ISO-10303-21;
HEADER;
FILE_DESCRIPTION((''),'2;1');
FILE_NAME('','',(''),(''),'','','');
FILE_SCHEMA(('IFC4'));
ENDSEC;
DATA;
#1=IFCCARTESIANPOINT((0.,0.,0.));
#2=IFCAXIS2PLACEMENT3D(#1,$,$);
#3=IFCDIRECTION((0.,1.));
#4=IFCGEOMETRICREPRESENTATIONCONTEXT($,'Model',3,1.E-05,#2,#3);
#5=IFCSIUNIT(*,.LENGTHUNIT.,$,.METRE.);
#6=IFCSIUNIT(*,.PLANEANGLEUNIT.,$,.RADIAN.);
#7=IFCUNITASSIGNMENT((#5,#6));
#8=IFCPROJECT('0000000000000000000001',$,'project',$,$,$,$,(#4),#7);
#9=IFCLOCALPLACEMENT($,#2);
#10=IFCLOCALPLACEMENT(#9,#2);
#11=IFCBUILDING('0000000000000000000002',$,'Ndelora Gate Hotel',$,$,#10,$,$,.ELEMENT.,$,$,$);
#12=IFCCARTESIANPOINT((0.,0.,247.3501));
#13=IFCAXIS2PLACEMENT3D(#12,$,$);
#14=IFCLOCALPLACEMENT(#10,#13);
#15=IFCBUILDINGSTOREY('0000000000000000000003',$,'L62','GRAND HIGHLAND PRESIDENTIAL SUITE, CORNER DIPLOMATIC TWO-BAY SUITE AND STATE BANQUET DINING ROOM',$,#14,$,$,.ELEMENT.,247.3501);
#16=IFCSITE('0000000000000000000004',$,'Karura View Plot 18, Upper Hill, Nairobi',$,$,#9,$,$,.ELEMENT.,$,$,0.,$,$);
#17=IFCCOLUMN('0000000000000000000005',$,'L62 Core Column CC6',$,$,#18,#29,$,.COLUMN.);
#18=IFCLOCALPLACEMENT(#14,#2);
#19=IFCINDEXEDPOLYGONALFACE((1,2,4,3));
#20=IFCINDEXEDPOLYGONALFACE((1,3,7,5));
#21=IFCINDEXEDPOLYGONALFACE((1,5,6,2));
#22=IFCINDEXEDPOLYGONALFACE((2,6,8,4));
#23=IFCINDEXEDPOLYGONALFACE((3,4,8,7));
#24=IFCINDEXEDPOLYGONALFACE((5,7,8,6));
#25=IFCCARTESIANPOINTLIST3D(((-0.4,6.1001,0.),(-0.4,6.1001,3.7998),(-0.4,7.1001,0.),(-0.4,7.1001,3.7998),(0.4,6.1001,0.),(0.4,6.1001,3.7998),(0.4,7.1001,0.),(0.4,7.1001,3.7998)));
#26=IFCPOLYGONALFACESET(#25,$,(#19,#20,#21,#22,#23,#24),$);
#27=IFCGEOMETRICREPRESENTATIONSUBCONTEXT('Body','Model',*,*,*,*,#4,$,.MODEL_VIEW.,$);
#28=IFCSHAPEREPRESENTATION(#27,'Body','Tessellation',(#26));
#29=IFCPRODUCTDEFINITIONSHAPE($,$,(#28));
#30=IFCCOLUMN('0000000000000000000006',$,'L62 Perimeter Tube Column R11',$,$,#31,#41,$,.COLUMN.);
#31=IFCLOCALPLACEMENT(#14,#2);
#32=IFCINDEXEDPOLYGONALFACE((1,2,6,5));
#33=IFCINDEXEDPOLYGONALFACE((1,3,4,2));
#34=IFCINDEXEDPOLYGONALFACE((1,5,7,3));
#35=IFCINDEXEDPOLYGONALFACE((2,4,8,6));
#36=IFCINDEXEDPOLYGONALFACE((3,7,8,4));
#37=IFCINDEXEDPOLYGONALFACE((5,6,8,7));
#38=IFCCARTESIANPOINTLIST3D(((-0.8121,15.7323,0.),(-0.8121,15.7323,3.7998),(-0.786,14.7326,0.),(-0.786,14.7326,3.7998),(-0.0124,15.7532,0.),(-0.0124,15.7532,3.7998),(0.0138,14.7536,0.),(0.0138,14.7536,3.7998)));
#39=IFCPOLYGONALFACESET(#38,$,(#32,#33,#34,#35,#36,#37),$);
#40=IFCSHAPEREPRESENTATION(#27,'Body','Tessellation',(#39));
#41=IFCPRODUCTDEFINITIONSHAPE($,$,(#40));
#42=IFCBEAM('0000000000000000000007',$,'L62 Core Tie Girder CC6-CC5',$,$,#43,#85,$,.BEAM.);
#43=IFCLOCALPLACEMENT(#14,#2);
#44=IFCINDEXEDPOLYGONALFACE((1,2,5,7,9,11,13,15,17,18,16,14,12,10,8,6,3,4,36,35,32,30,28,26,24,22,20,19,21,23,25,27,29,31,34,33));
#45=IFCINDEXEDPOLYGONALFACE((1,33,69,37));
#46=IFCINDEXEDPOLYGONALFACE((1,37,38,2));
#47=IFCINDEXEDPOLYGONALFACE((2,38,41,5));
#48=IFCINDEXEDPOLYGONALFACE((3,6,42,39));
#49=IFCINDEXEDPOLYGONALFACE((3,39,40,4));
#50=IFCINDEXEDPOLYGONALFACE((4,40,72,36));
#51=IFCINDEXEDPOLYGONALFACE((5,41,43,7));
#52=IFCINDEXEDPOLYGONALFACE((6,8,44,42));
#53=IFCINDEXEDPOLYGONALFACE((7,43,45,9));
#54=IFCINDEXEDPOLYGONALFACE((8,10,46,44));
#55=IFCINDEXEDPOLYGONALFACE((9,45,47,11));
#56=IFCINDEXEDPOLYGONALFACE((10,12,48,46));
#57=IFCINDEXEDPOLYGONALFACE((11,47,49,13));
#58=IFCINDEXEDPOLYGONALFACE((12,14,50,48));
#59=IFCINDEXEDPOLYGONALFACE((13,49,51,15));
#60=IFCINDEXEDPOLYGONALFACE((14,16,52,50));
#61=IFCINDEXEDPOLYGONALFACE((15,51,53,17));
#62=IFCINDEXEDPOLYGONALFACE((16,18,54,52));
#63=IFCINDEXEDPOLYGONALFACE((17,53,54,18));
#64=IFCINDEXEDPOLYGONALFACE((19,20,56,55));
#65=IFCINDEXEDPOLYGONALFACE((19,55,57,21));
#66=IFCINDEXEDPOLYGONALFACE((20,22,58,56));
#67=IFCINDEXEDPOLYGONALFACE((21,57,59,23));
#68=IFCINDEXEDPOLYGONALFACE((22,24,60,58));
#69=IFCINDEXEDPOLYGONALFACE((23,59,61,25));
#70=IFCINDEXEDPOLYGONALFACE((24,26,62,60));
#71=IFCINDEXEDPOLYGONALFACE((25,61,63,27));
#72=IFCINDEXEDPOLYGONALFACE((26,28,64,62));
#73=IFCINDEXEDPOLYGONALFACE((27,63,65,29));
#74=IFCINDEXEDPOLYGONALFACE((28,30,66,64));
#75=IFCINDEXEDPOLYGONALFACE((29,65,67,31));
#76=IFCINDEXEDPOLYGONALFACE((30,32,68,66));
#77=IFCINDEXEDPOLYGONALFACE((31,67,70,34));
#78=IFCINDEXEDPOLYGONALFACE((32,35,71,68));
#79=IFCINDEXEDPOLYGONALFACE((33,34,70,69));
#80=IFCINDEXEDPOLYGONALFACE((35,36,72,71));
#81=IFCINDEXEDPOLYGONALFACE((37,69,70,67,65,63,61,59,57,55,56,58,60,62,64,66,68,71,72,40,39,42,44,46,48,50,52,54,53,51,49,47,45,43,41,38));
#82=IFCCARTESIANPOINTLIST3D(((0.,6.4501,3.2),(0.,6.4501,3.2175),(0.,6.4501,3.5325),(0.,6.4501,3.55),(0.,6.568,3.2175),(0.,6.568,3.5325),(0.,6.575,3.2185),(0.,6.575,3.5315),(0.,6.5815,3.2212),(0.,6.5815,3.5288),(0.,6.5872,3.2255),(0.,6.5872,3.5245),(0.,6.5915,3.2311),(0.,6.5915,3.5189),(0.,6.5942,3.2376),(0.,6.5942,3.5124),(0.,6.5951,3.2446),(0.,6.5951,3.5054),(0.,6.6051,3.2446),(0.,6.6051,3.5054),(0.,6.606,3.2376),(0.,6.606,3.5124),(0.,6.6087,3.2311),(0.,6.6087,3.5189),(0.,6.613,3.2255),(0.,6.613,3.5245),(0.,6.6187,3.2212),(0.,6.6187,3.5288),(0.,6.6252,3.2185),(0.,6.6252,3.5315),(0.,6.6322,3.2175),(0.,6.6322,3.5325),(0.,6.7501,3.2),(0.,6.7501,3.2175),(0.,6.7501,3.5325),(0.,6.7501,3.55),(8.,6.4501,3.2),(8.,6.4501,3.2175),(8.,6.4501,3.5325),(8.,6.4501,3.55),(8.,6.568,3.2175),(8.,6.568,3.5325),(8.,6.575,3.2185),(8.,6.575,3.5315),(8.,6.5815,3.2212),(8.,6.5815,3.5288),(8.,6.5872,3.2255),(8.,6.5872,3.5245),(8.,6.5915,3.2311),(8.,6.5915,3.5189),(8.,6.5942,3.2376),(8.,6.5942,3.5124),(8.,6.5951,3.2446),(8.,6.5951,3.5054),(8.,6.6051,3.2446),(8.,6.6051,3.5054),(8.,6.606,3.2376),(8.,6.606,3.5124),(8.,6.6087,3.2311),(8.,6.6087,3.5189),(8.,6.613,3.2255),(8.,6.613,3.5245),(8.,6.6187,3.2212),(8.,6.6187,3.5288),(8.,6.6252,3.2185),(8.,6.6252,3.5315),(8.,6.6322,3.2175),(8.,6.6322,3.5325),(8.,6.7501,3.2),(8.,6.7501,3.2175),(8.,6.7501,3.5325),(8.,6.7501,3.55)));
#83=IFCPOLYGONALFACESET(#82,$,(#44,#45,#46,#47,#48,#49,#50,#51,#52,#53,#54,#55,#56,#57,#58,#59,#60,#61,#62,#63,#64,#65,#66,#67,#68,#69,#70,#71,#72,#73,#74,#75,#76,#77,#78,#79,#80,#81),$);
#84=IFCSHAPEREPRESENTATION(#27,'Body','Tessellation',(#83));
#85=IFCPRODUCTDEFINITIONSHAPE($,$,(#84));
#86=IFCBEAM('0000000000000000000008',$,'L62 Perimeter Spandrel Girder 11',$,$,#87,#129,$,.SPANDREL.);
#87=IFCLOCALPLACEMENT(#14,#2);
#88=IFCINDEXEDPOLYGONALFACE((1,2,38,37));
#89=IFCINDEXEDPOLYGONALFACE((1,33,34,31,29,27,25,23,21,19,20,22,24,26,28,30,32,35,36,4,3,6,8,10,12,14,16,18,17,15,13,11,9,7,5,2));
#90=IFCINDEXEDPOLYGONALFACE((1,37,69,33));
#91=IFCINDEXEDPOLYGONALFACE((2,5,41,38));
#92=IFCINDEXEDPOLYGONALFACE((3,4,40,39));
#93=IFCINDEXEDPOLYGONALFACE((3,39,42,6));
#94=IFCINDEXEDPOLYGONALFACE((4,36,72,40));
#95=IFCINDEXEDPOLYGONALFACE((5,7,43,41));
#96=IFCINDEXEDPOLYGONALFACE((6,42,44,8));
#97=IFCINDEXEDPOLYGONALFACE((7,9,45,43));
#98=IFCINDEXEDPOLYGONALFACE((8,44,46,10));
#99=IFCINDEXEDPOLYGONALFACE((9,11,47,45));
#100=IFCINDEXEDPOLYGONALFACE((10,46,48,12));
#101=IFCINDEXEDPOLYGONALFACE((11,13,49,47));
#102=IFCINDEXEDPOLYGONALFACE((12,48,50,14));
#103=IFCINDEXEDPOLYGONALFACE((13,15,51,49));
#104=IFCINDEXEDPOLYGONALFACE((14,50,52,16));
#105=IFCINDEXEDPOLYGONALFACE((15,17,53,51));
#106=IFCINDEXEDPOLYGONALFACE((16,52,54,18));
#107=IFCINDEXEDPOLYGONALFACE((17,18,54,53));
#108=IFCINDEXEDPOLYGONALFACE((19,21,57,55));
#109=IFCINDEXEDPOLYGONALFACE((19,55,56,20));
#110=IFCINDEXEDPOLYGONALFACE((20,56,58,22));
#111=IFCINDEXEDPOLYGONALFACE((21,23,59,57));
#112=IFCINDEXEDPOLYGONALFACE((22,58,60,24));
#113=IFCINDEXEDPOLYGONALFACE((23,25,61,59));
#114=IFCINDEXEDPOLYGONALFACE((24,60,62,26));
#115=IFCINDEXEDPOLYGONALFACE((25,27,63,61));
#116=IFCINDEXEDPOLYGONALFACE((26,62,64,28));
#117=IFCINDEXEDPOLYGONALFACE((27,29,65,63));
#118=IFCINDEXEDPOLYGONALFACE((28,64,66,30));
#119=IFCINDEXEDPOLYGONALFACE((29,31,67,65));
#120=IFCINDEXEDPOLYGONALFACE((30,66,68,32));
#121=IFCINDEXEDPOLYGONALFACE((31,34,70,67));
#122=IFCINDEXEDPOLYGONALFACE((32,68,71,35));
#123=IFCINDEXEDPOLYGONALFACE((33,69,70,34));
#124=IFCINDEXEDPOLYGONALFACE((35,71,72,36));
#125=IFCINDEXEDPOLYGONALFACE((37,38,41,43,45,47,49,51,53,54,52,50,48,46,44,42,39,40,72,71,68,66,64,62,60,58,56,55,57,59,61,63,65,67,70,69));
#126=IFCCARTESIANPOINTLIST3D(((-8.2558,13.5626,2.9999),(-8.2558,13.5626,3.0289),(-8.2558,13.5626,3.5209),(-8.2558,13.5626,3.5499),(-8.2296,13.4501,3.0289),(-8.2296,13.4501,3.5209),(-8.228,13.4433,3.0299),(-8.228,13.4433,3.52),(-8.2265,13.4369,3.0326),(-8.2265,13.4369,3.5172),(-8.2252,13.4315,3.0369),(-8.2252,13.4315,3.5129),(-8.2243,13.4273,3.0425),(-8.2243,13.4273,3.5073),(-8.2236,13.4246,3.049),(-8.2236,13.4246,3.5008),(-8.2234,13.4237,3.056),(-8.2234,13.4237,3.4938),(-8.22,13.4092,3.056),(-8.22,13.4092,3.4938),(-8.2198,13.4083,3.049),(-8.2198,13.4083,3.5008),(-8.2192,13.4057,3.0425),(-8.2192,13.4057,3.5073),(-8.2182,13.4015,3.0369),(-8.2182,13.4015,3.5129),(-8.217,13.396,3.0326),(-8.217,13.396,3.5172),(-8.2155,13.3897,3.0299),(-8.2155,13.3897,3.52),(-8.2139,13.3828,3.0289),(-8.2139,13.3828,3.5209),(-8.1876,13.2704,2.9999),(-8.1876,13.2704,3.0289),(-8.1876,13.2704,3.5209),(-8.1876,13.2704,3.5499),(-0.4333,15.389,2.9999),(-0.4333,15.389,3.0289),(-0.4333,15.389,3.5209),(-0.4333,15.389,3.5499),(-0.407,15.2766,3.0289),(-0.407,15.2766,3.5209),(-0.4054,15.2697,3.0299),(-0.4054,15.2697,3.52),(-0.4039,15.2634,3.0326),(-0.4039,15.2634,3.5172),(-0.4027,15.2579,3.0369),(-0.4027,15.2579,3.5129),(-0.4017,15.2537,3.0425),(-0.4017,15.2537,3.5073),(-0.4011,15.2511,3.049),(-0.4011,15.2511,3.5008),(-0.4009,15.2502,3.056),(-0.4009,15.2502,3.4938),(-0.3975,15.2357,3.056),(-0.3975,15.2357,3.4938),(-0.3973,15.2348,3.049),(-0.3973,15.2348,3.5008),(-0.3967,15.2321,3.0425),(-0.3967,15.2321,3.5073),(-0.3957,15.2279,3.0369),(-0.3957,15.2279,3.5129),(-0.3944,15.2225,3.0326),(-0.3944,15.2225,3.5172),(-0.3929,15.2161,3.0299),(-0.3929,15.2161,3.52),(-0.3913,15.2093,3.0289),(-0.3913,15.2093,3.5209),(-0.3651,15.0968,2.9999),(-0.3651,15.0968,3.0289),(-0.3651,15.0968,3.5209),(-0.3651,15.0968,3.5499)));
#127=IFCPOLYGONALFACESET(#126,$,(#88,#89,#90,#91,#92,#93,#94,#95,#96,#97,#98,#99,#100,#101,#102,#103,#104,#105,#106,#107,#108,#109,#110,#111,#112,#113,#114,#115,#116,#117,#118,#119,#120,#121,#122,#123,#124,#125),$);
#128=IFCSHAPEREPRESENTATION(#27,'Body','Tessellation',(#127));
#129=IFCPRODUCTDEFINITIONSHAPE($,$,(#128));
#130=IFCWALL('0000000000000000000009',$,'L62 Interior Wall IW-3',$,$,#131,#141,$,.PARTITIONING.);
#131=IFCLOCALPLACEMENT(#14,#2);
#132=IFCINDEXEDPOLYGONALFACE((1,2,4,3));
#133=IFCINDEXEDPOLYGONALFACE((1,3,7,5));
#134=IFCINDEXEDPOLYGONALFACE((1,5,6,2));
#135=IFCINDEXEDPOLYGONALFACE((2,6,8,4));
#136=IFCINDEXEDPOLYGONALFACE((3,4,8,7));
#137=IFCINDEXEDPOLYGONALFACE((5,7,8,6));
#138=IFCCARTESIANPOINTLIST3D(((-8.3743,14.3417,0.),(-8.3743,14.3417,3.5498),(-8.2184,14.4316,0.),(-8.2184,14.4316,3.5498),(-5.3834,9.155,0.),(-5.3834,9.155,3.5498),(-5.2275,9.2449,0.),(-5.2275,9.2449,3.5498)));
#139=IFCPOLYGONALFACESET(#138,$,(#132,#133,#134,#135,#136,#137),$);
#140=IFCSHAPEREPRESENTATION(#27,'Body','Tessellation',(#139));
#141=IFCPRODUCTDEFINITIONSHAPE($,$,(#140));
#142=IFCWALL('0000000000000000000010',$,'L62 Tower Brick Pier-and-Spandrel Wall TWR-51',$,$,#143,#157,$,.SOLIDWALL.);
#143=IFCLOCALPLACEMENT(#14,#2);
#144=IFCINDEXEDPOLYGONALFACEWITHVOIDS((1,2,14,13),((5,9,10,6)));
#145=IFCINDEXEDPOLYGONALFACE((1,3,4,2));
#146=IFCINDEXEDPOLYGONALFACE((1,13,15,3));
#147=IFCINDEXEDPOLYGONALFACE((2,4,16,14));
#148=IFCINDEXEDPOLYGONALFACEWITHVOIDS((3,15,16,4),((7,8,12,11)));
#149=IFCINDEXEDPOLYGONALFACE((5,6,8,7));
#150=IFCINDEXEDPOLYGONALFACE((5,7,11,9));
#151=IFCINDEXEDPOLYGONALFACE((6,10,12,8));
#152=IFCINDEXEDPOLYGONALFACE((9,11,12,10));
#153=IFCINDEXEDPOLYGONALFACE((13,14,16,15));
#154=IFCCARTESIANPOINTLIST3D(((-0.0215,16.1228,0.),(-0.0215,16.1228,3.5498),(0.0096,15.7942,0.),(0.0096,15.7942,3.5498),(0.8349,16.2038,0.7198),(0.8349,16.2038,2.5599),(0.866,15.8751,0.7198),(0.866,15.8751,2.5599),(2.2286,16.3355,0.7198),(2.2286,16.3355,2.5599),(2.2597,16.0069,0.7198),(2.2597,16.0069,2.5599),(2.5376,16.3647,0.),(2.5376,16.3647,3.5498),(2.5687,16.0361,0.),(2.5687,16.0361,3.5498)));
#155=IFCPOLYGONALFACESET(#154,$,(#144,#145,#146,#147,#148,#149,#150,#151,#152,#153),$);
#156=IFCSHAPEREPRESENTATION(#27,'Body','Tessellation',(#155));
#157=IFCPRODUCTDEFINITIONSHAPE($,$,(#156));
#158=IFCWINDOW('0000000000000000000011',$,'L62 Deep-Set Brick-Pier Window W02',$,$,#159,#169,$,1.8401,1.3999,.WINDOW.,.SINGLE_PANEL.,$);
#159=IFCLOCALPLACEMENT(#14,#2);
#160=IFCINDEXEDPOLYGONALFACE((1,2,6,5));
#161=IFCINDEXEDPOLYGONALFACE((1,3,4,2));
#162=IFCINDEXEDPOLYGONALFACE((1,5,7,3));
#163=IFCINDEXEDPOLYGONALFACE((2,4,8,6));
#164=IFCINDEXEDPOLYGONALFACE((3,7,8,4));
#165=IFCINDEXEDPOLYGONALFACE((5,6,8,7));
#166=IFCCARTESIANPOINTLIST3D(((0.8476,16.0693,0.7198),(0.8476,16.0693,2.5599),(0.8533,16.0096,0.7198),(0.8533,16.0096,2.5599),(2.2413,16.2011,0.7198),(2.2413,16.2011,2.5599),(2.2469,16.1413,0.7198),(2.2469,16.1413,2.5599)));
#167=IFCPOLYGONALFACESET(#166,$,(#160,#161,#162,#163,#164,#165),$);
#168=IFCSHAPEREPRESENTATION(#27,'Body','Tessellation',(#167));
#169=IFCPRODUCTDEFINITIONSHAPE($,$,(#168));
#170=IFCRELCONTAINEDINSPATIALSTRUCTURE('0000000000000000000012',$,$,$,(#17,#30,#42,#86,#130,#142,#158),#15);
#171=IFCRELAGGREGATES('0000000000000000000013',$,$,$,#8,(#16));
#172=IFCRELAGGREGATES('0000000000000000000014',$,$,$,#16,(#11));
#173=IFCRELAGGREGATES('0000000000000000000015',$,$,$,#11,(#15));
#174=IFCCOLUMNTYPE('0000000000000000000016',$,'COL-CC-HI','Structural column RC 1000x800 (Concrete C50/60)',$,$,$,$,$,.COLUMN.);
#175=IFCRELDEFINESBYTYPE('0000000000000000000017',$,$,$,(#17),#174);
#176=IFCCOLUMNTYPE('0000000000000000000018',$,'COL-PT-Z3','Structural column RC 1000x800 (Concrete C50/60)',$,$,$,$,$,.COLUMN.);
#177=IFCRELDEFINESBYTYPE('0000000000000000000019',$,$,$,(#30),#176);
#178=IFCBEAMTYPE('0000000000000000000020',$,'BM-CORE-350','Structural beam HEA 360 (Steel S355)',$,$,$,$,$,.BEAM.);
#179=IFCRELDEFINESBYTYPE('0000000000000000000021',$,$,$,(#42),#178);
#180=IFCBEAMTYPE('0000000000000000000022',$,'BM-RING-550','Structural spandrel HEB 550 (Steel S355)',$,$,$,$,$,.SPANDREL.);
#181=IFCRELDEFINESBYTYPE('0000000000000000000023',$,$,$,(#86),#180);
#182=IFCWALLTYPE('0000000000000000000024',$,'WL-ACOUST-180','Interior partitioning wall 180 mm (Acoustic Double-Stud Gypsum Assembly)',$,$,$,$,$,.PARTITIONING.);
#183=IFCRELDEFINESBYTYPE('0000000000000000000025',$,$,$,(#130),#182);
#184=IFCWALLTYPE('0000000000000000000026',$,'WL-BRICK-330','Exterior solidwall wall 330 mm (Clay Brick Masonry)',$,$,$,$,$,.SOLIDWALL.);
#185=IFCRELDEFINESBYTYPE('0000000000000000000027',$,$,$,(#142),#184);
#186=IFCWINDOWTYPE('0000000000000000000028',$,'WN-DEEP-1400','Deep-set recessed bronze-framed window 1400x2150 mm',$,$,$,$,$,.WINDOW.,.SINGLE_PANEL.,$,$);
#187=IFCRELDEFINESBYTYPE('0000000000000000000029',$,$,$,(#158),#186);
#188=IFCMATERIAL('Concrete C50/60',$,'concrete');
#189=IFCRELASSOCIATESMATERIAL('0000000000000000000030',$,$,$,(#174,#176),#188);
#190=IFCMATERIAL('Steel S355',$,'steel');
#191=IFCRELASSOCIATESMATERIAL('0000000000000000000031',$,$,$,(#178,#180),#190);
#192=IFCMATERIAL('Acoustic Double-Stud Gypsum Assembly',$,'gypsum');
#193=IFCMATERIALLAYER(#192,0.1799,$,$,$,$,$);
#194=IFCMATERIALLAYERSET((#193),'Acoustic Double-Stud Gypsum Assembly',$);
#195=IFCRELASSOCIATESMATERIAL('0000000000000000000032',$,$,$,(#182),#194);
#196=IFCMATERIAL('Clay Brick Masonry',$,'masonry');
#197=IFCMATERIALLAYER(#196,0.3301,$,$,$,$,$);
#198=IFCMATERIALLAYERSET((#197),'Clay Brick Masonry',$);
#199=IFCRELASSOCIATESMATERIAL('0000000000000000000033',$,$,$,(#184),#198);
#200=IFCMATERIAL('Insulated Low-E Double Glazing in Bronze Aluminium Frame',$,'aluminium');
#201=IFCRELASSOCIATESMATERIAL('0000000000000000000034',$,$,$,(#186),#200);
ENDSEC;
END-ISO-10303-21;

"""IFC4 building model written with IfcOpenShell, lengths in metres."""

from ifc_helpers import new_model, si_unit, direction, frame, frame_2d, origin, origin_2d, place, context, subcontext, project, spatial, rectangle, i_section, extrude, material, layer, layer_set, material_profile, profile_set, type_object, element, fill, save


model = new_model("IFC4")

# Units and contexts
model_context = context("Model", 3, precision=1e-05, world=origin(), true_north=direction((0.0, 1.0)))
body_context = subcontext(model_context, "Body", "Model", "MODEL_VIEW")
ifc_project = project(units=[si_unit("LENGTHUNIT", "METRE"), si_unit("PLANEANGLEUNIT", "RADIAN")], contexts=[model_context])

# Site, building, storey
site_placement = place(None, origin())
site = spatial("IfcSite", under=ifc_project, at=site_placement, Name="Karura View Plot 18, Upper Hill, Nairobi", CompositionType="ELEMENT", RefElevation=0.0)
building_placement = place(site_placement, origin())
building = spatial("IfcBuilding", under=site, at=building_placement, Name="Ndelora Gate Hotel", CompositionType="ELEMENT")
storey_placement = place(building_placement, frame((0.0, 0.0, 247.3501)))
storey = spatial("IfcBuildingStorey", under=building, at=storey_placement, Name="L62", Description="GRAND HIGHLAND PRESIDENTIAL SUITE, CORNER DIPLOMATIC TWO-BAY SUITE AND STATE BANQUET DINING ROOM", CompositionType="ELEMENT", Elevation=247.3501)

# Columns
ifc_material_1 = material(Name="Concrete C50/60", Category="concrete")
ifc_material_profile_1 = material_profile(ifc_material_1, rectangle(XDim=0.8, YDim=1.0, at=origin_2d()), Name="RC 1000x800")
ifc_profile_set_1 = profile_set([ifc_material_profile_1], Name="Concrete C50/60")
column_type_1 = type_object("IfcColumnType", Name="COL-CC-HI", Description="Structural column RC 1000x800 (Concrete C50/60)", PredefinedType="COLUMN", material=ifc_profile_set_1)
column_1_placement = place(storey_placement, frame((0.0, 6.6001, 0.0), z_axis=(0.0, 0.0, 1.0), x_axis=(1.0, 0.0, 0.0)))
element("IfcColumn", 1, at=column_1_placement, inside=storey, type_object=column_type_1, Name="L62 Core Column CC6", PredefinedType="COLUMN", context=body_context, shape_type="SweptSolid", body=[
    extrude(rectangle(XDim=0.8, YDim=1.0, at=origin_2d()), origin(), (0.0, 0.0, 1.0), 3.7998),
])
ifc_material_profile_2 = material_profile(ifc_material_1, rectangle(XDim=0.8, YDim=1.0, at=origin_2d()), Name="RC 1000x800")
ifc_profile_set_2 = profile_set([ifc_material_profile_2], Name="Concrete C50/60")
column_type_2 = type_object("IfcColumnType", Name="COL-PT-Z3", Description="Structural column RC 1000x800 (Concrete C50/60)", PredefinedType="COLUMN", material=ifc_profile_set_2)
column_2_placement = place(storey_placement, frame((-0.3992, 15.2429, 0.0), z_axis=(0.0, 0.0, 1.0), x_axis=(0.999657, 0.026177, 0.0)))
element("IfcColumn", 2, at=column_2_placement, inside=storey, type_object=column_type_2, Name="L62 Perimeter Tube Column R11", PredefinedType="COLUMN", context=body_context, shape_type="SweptSolid", body=[
    extrude(rectangle(XDim=0.8, YDim=1.0, at=origin_2d()), origin(), (0.0, 0.0, 1.0), 3.7998),
])

# Beams
ifc_material_2 = material(Name="Steel S355", Category="steel")
ifc_material_profile_3 = material_profile(ifc_material_2, i_section(OverallWidth=0.3, OverallDepth=0.3501, WebThickness=0.01, FlangeThickness=0.0176, FilletRadius=0.0271, at=origin_2d()), Name="HEA 360")
ifc_profile_set_3 = profile_set([ifc_material_profile_3], Name="Steel S355")
beam_type_1 = type_object("IfcBeamType", Name="BM-CORE-350", Description="Structural beam HEA 360 (Steel S355)", PredefinedType="BEAM", material=ifc_profile_set_3)
beam_1_placement = place(storey_placement, frame((0.0, 6.6001, 3.375), z_axis=(1.0, 0.0, 0.0), x_axis=(0.0, 1.0, 0.0)))
element("IfcBeam", 3, at=beam_1_placement, inside=storey, type_object=beam_type_1, Name="L62 Core Tie Girder CC6-CC5", PredefinedType="BEAM", context=body_context, shape_type="SweptSolid", body=[
    extrude(i_section(OverallWidth=0.3, OverallDepth=0.3501, WebThickness=0.01, FlangeThickness=0.0176, FilletRadius=0.0271, at=origin_2d()), origin(), (0.0, 0.0, 1.0), 8.0),
])
ifc_material_profile_4 = material_profile(ifc_material_2, i_section(OverallWidth=0.3, OverallDepth=0.55, WebThickness=0.0149, FlangeThickness=0.0291, FilletRadius=0.0271, at=origin_2d()), Name="HEB 550")
ifc_profile_set_4 = profile_set([ifc_material_profile_4], Name="Steel S355")
beam_type_2 = type_object("IfcBeamType", Name="BM-RING-550", Description="Structural spandrel HEB 550 (Steel S355)", PredefinedType="SPANDREL", material=ifc_profile_set_4)
beam_2_placement = place(storey_placement, frame((-0.3992, 15.2429, 3.2749), z_axis=(-0.973809, -0.227367, 0.0), x_axis=(0.227367, -0.973809, 0.0)))
element("IfcBeam", 4, at=beam_2_placement, inside=storey, type_object=beam_type_2, Name="L62 Perimeter Spandrel Girder 11", PredefinedType="SPANDREL", context=body_context, shape_type="SweptSolid", body=[
    extrude(i_section(OverallWidth=0.3, OverallDepth=0.55, WebThickness=0.0149, FlangeThickness=0.0291, FilletRadius=0.0271, at=origin_2d()), origin(), (0.0, 0.0, 1.0), 8.033),
])

# Wall
ifc_material_3 = material(Name="Acoustic Double-Stud Gypsum Assembly", Category="gypsum")
ifc_layer_1 = layer(ifc_material_3, 0.1799)
ifc_layer_set_1 = layer_set([ifc_layer_1], Name="Acoustic Double-Stud Gypsum Assembly")
wall_type_1 = type_object("IfcWallType", Name="WL-ACOUST-180", Description="Interior partitioning wall 180 mm (Acoustic Double-Stud Gypsum Assembly)", PredefinedType="PARTITIONING", material=ifc_layer_set_1)
wall_1_placement = place(storey_placement, frame((-5.3054, 9.2, 0.0), z_axis=(0.0, 0.0, 1.0), x_axis=(-0.499547, 0.866287, 0.0)))
element("IfcWall", 5, at=wall_1_placement, inside=storey, type_object=wall_type_1, Name="L62 Interior Wall IW-3", PredefinedType="PARTITIONING", context=body_context, shape_type="SweptSolid", body=[
    extrude(rectangle(XDim=5.9873, YDim=0.1799, at=frame_2d((2.9937, 0.0))), origin(), (0.0, 0.0, 1.0), 3.5498),
])

# Wall, opening, window
ifc_material_4 = material(Name="Clay Brick Masonry", Category="masonry")
ifc_layer_2 = layer(ifc_material_4, 0.3301)
ifc_layer_set_2 = layer_set([ifc_layer_2], Name="Clay Brick Masonry")
wall_type_2 = type_object("IfcWallType", Name="WL-BRICK-330", Description="Exterior solidwall wall 330 mm (Clay Brick Masonry)", PredefinedType="SOLIDWALL", material=ifc_layer_set_2)
wall_2_placement = place(storey_placement, frame((-0.0059, 15.9585, 0.0), z_axis=(0.0, 0.0, 1.0), x_axis=(0.995561, 0.094123, 0.0)))
wall_2 = element("IfcWall", 6, at=wall_2_placement, inside=storey, type_object=wall_type_2, Name="L62 Tower Brick Pier-and-Spandrel Wall TWR-51", PredefinedType="SOLIDWALL", context=body_context, shape_type="SweptSolid", body=[
    extrude(rectangle(XDim=2.5706, YDim=0.3301, at=frame_2d((1.2852, 0.0))), origin(), (0.0, 0.0, 1.0), 3.5498),
])
opening_1_placement = place(wall_2_placement, frame((0.8601, 0.0, 0.72)))
opening_1 = element("IfcOpeningElement", 7, at=opening_1_placement, cuts=wall_2, PredefinedType="OPENING", context=body_context, shape_type="SweptSolid", body=[
    extrude(rectangle(XDim=1.3999, YDim=1.8401, at=frame_2d((0.7, 0.9199))), frame((0.0, 0.175, 0.0), z_axis=(0.0, -1.0, 0.0), x_axis=(1.0, 0.0, 0.0)), (0.0, 0.0, 1.0), 0.3501),
])
ifc_material_5 = material(Name="Insulated Low-E Double Glazing in Bronze Aluminium Frame", Category="aluminium")
window_type = type_object("IfcWindowType", Name="WN-DEEP-1400", Description="Deep-set recessed bronze-framed window 1400x2150 mm", PartitioningType="SINGLE_PANEL", PredefinedType="WINDOW", material=ifc_material_5)
window_1_placement = place(opening_1_placement, origin())
window_1 = element("IfcWindow", 8, at=window_1_placement, inside=storey, type_object=window_type, Name="L62 Deep-Set Brick-Pier Window W02", OverallHeight=1.8401, OverallWidth=1.3999, PartitioningType="SINGLE_PANEL", PredefinedType="WINDOW", context=body_context, shape_type="SweptSolid", body=[
    extrude(rectangle(XDim=1.3999, YDim=1.8401, at=frame_2d((0.7, 0.9199))), frame((0.0, 0.03, 0.0), z_axis=(0.0, -1.0, 0.0), x_axis=(1.0, 0.0, 0.0)), (0.0, 0.0, 1.0), 0.0601),
])
fill(opening_1, window_1)

save(model, "model.ifc")
